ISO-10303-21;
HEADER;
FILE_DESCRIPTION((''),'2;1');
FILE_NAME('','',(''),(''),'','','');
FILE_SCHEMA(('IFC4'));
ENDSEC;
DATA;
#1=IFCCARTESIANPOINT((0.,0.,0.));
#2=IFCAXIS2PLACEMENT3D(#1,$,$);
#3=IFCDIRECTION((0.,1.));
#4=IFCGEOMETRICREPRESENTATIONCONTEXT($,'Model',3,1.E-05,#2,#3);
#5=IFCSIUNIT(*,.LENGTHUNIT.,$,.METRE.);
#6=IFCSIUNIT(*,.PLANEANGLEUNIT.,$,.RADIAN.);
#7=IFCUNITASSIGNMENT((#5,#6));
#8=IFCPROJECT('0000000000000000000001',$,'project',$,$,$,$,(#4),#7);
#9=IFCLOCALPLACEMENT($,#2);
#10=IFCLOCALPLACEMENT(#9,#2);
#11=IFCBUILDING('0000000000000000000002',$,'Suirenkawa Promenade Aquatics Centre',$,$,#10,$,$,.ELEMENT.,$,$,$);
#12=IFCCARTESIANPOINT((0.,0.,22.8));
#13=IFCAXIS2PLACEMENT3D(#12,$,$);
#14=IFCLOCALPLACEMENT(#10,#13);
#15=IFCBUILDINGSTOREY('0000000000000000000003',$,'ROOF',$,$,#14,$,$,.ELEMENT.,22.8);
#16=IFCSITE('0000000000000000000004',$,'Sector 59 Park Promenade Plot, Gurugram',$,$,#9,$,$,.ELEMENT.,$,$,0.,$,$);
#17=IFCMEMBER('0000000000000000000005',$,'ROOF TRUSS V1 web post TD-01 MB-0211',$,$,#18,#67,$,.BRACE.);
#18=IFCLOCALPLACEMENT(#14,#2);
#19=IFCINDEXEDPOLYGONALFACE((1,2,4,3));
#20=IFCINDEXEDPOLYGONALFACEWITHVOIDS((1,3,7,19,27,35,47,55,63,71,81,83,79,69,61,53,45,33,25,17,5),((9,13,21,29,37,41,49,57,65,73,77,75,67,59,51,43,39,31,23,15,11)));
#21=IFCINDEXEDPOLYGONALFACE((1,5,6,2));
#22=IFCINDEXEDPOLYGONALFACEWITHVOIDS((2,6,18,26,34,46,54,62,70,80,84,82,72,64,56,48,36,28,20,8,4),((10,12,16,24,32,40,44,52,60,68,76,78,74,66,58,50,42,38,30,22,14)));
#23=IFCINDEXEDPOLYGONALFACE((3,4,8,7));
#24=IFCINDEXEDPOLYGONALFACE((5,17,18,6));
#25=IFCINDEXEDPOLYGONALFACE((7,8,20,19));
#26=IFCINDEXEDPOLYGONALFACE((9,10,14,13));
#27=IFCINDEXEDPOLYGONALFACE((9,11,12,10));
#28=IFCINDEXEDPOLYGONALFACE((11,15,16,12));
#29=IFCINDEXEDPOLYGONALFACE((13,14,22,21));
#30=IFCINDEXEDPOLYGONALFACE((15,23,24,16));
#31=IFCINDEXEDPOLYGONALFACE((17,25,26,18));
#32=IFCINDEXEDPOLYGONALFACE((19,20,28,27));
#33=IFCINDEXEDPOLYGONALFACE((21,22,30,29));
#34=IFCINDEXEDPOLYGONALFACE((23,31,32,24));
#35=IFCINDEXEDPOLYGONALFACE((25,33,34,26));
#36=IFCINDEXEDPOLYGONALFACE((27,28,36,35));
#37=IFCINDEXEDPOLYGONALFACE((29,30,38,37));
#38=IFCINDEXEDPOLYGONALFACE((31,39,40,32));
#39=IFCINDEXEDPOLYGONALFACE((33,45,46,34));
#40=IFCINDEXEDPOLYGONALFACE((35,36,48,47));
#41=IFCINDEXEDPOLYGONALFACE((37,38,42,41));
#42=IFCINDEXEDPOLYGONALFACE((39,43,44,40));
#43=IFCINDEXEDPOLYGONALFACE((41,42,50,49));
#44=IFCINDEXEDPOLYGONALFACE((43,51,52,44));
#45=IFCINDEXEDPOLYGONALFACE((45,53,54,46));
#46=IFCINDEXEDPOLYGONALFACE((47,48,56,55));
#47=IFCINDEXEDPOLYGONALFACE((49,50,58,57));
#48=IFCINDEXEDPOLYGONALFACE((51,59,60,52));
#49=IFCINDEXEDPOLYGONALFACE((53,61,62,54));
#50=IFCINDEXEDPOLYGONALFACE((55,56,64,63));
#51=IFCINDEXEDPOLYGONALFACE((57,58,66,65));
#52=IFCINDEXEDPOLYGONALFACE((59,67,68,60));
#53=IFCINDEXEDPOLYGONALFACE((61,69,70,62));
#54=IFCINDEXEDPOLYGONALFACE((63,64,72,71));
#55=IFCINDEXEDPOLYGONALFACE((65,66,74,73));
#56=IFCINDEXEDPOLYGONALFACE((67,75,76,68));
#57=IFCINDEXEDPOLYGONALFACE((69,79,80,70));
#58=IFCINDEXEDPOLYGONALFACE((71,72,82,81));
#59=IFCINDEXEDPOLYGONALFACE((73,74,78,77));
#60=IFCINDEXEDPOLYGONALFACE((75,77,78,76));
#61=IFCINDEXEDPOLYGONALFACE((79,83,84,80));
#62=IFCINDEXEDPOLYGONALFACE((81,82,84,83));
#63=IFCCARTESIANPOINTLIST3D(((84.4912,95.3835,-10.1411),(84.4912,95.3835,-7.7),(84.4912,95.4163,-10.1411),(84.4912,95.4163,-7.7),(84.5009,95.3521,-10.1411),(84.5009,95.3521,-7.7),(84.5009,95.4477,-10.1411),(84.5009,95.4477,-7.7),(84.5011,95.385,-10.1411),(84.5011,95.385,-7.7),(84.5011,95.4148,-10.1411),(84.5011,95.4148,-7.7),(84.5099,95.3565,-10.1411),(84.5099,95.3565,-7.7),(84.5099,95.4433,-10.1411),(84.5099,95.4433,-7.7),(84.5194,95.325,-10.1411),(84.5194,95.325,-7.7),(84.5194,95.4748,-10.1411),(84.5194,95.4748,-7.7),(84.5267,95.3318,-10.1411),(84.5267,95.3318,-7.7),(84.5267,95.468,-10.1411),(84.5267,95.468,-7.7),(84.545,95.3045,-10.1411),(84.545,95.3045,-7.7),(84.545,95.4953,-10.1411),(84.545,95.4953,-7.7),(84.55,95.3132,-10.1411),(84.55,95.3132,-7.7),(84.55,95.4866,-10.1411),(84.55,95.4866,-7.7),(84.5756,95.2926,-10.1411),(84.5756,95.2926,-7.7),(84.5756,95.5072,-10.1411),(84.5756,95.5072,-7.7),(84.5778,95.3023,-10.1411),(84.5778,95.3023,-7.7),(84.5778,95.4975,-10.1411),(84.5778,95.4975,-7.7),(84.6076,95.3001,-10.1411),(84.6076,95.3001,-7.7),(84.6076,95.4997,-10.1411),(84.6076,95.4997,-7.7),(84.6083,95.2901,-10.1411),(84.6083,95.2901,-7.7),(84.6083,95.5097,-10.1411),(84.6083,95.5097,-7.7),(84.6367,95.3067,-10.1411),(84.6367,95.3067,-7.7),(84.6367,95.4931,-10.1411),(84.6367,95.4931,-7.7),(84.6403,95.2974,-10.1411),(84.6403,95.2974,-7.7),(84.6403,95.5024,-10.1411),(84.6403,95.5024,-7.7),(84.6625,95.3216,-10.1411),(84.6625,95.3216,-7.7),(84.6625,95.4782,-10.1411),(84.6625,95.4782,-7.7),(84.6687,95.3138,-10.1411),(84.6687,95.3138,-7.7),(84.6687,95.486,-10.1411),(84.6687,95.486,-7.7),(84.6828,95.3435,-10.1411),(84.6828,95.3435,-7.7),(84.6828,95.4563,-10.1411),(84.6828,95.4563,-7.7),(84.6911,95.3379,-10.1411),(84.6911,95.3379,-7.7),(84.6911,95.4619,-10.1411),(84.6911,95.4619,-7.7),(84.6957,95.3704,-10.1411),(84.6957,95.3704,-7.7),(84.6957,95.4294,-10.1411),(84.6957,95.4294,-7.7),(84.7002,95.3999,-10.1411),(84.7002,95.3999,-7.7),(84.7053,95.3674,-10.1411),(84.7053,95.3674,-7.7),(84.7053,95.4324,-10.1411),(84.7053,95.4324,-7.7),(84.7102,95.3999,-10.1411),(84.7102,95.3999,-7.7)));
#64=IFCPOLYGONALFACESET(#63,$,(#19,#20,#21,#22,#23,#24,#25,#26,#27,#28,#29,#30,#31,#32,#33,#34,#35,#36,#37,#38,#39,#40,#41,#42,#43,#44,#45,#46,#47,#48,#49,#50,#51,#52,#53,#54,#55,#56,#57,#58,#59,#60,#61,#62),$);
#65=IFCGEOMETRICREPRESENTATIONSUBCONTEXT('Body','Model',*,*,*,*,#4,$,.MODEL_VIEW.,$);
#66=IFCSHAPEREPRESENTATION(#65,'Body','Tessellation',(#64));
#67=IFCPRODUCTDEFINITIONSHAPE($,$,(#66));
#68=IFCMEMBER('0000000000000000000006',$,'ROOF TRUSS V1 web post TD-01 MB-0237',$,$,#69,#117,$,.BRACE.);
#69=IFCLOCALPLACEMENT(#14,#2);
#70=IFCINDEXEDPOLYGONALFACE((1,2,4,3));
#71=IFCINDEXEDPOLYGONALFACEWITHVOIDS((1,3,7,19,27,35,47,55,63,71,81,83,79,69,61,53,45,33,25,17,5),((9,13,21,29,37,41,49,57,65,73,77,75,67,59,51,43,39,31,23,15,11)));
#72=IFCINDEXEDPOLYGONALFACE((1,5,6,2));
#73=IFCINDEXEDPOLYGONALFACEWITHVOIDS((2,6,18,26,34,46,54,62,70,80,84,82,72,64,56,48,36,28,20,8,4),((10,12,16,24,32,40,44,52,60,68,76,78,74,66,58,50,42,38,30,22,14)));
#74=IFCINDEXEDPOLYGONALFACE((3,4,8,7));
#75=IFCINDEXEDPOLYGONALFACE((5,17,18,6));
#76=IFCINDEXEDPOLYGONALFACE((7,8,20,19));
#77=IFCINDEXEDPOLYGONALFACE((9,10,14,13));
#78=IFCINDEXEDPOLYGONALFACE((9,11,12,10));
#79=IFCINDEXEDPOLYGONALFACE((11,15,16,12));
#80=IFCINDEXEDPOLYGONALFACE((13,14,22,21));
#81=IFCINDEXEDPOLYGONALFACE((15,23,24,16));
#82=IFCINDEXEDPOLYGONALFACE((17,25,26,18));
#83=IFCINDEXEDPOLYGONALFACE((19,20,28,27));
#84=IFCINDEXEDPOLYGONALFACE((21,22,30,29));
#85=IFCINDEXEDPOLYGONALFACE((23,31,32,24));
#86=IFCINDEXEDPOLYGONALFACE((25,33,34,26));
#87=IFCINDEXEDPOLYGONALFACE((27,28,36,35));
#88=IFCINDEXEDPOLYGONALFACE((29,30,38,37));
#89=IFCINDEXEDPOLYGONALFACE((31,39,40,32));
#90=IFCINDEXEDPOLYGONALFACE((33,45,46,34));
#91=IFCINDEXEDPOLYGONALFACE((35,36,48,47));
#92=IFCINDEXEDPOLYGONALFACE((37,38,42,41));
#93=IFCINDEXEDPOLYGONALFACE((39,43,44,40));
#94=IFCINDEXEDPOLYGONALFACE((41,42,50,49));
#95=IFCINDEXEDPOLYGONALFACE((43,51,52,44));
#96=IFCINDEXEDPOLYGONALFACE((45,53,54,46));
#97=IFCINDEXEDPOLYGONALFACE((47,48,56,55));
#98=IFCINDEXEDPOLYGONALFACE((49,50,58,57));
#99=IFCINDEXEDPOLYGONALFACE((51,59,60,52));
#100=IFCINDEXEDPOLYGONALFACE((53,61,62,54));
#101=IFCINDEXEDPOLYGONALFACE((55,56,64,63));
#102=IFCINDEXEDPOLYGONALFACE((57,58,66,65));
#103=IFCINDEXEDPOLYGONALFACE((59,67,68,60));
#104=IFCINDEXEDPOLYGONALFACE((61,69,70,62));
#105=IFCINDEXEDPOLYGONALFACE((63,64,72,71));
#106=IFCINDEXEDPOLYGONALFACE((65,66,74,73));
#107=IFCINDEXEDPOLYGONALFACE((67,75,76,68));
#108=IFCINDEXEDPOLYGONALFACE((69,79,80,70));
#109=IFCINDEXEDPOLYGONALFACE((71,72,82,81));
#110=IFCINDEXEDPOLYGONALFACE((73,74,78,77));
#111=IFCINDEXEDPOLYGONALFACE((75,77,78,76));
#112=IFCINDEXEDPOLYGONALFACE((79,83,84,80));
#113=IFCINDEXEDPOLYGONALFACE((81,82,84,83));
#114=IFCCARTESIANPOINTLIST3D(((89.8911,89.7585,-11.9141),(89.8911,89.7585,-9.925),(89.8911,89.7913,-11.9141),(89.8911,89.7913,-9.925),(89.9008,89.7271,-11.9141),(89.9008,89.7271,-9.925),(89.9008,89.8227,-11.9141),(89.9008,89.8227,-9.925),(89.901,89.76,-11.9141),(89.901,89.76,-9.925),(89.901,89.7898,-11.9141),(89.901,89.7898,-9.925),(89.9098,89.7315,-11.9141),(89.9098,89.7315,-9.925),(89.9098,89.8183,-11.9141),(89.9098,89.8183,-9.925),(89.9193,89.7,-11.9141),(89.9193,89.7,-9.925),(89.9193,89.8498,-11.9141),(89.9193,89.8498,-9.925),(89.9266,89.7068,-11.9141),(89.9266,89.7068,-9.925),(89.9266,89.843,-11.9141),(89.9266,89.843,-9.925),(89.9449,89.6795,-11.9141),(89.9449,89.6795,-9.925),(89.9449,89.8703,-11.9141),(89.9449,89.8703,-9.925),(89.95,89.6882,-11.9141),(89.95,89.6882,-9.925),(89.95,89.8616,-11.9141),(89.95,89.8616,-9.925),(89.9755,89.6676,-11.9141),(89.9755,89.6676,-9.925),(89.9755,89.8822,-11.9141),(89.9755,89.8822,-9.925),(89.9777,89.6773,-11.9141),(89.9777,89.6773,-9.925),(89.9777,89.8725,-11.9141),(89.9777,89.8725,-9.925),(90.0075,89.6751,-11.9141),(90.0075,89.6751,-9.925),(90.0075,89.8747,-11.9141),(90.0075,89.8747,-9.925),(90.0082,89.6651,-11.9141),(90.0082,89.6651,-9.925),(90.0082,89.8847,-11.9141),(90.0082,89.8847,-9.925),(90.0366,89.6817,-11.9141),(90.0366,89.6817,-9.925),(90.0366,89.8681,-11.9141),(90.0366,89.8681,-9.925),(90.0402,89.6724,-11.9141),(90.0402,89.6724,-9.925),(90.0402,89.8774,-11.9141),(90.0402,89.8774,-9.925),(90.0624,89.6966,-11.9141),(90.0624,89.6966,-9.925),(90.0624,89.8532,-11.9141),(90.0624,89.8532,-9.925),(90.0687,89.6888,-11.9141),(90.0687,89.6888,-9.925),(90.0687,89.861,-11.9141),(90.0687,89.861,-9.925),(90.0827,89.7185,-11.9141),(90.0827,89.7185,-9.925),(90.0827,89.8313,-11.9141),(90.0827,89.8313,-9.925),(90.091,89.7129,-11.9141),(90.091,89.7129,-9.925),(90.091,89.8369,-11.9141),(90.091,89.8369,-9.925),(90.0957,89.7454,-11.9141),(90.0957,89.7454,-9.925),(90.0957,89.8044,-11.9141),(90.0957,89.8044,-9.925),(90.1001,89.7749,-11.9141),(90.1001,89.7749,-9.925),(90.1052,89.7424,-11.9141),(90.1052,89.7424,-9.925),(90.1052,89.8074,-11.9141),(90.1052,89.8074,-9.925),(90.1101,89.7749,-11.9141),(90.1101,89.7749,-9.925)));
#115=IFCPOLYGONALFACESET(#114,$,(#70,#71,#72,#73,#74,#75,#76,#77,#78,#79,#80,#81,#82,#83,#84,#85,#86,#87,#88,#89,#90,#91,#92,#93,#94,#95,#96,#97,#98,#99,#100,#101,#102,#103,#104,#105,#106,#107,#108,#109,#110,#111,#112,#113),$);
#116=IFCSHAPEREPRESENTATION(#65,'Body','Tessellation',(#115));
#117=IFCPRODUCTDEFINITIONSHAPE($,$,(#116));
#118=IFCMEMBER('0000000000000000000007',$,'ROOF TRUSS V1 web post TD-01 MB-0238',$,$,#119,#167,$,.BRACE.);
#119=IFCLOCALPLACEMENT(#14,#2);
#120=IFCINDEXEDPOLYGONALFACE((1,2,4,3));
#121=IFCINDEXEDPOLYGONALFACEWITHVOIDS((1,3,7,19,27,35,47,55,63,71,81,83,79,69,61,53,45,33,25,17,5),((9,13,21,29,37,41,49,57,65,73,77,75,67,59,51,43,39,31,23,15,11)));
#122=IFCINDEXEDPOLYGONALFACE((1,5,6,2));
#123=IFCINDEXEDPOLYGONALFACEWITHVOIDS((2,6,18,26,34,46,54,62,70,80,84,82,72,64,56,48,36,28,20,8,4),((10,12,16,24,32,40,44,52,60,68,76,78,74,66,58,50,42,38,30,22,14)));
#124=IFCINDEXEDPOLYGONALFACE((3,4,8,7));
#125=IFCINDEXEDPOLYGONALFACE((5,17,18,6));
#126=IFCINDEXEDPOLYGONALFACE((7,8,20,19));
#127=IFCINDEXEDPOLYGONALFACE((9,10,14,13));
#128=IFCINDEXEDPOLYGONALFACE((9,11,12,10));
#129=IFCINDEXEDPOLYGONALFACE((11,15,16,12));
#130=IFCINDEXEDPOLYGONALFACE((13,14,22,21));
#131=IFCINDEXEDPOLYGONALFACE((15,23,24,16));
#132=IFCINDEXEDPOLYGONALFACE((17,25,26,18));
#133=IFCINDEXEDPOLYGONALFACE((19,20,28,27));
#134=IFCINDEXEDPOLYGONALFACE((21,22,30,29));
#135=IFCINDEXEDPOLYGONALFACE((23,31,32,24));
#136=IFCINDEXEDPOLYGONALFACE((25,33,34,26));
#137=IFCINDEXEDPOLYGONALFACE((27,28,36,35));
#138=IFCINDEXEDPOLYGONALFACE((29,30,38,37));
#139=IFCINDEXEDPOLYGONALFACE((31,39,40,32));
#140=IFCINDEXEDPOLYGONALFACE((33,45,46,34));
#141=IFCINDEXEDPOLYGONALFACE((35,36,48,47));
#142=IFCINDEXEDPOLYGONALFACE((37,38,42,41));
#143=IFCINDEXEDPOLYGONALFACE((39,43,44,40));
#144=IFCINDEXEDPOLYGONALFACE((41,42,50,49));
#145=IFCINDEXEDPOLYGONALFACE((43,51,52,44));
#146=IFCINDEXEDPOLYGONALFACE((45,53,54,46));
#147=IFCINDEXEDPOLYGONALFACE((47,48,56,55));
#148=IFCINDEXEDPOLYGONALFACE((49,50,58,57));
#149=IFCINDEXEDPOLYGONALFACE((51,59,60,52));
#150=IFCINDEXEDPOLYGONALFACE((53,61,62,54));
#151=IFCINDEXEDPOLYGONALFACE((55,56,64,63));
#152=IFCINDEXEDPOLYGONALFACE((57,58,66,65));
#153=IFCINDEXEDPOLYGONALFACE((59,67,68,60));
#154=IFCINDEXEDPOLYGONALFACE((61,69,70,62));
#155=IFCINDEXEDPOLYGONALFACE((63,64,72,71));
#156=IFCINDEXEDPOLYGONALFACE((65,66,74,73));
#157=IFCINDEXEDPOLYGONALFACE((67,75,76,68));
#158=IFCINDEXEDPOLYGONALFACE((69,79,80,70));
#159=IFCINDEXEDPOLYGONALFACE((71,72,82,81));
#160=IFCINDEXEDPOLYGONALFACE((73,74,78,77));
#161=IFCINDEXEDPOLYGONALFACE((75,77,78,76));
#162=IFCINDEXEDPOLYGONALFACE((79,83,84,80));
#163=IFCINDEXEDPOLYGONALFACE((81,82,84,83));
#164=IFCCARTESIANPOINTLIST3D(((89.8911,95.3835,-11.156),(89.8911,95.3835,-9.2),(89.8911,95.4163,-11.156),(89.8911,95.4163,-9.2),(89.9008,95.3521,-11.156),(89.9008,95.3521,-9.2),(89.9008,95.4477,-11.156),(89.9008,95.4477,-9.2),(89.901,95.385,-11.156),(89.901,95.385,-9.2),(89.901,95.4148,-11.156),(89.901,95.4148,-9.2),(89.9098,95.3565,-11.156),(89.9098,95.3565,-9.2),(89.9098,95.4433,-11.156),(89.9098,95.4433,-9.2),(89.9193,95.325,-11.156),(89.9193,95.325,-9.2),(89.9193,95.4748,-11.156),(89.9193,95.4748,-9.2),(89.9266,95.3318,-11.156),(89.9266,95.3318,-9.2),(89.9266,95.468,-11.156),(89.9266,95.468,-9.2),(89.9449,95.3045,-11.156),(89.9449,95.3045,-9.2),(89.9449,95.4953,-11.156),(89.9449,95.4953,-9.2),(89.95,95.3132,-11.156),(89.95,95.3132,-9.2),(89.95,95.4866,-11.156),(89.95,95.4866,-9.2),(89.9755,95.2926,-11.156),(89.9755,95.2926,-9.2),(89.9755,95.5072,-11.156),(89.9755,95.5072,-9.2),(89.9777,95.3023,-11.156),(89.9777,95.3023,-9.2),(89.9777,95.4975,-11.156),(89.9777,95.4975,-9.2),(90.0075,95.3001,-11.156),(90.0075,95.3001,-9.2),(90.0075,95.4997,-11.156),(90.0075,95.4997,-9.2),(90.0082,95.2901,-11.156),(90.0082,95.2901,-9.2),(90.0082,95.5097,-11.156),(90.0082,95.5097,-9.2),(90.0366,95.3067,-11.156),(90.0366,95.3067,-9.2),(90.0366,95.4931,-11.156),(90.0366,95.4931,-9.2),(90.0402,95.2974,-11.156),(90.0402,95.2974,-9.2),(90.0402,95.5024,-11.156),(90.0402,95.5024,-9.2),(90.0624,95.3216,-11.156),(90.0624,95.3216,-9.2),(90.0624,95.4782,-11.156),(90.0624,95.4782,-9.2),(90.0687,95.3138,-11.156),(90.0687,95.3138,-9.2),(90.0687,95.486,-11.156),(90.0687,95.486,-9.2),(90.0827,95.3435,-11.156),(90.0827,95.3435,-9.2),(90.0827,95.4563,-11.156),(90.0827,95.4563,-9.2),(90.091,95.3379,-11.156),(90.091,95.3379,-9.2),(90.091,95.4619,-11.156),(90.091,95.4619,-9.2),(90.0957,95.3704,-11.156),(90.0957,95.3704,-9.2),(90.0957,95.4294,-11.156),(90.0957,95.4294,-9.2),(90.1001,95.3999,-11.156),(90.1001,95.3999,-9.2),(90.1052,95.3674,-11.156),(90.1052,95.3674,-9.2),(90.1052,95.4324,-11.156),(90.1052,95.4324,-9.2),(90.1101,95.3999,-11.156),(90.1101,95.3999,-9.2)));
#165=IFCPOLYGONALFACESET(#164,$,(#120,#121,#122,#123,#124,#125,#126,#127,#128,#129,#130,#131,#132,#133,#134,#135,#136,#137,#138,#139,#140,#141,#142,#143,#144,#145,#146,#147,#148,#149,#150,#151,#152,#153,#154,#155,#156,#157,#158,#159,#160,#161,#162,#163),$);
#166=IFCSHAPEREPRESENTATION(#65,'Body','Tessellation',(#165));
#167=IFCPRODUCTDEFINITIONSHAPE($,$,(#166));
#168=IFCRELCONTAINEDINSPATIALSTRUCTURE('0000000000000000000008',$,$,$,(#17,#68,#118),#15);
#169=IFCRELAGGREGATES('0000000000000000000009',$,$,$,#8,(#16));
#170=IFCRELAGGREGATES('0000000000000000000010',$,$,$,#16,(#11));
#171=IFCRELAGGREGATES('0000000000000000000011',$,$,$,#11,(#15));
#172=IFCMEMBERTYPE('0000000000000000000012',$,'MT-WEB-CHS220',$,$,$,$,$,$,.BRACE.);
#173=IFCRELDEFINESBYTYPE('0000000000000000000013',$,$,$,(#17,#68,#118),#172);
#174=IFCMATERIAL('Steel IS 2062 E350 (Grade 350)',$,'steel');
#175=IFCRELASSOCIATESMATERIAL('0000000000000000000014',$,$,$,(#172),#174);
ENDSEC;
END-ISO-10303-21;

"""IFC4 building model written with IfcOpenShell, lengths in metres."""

from ifc_helpers import new_model, si_unit, direction, frame, origin, origin_2d, place, context, subcontext, project, spatial, hollow_circle, extrude, material, material_profile, profile_set, type_object, element, save


model = new_model("IFC4")

# Units and contexts
model_context = context("Model", 3, precision=1e-05, world=origin(), true_north=direction((0.0, 1.0)))
body_context = subcontext(model_context, "Body", "Model", "MODEL_VIEW")
ifc_project = project(units=[si_unit("LENGTHUNIT", "METRE"), si_unit("PLANEANGLEUNIT", "RADIAN")], contexts=[model_context])

# Site, building, storey
site_placement = place(None, origin())
site = spatial("IfcSite", under=ifc_project, at=site_placement, Name="Sector 59 Park Promenade Plot, Gurugram", CompositionType="ELEMENT", RefElevation=0.0)
building_placement = place(site_placement, origin())
building = spatial("IfcBuilding", under=site, at=building_placement, Name="Suirenkawa Promenade Aquatics Centre", CompositionType="ELEMENT")
storey_placement = place(building_placement, frame((0.0, 0.0, 22.8)))
storey = spatial("IfcBuildingStorey", under=building, at=storey_placement, Name="ROOF", CompositionType="ELEMENT", Elevation=22.8)

# Shared definitions
ifc_material_1 = material(Name="Steel IS 2062 E350 (Grade 350)", Category="steel")

# Members
ifc_material_profile_1 = material_profile(ifc_material_1, hollow_circle(Radius=0.1101, WallThickness=0.01, at=origin_2d()), Name="CHS 220x10", Category="steel")
ifc_profile_set_1 = profile_set([ifc_material_profile_1], Name="Steel IS 2062 E350 (Grade 350)")
member_type_1 = type_object("IfcMemberType", Name="MT-WEB-CHS220", PredefinedType="BRACE", material=ifc_profile_set_1)
member_1_placement = place(storey_placement, frame((84.6001, 95.3999, -10.1411), z_axis=(0.0, 0.0, 1.0), x_axis=(1.0, 0.0, 0.0)))
element("IfcMember", 1, at=member_1_placement, inside=storey, type_object=member_type_1, Name="ROOF TRUSS V1 web post TD-01 MB-0211", PredefinedType="BRACE", context=body_context, shape_type="SweptSolid", body=[
    extrude(hollow_circle(Radius=0.1101, WallThickness=0.01, at=origin_2d()), origin(), (0.0, 0.0, 1.0), 2.4412),
])
member_2_placement = place(storey_placement, frame((90.0, 89.7749, -11.9141), z_axis=(0.0, 0.0, 1.0), x_axis=(1.0, 0.0, 0.0)))
element("IfcMember", 2, at=member_2_placement, inside=storey, type_object=member_type_1, Name="ROOF TRUSS V1 web post TD-01 MB-0237", PredefinedType="BRACE", context=body_context, shape_type="SweptSolid", body=[
    extrude(hollow_circle(Radius=0.1101, WallThickness=0.01, at=origin_2d()), origin(), (0.0, 0.0, 1.0), 1.989),
])
member_3_placement = place(storey_placement, frame((90.0, 95.3999, -11.156), z_axis=(0.0, 0.0, 1.0), x_axis=(1.0, 0.0, 0.0)))
element("IfcMember", 3, at=member_3_placement, inside=storey, type_object=member_type_1, Name="ROOF TRUSS V1 web post TD-01 MB-0238", PredefinedType="BRACE", context=body_context, shape_type="SweptSolid", body=[
    extrude(hollow_circle(Radius=0.1101, WallThickness=0.01, at=origin_2d()), origin(), (0.0, 0.0, 1.0), 1.9561),
])

save(model, "model.ifc")
